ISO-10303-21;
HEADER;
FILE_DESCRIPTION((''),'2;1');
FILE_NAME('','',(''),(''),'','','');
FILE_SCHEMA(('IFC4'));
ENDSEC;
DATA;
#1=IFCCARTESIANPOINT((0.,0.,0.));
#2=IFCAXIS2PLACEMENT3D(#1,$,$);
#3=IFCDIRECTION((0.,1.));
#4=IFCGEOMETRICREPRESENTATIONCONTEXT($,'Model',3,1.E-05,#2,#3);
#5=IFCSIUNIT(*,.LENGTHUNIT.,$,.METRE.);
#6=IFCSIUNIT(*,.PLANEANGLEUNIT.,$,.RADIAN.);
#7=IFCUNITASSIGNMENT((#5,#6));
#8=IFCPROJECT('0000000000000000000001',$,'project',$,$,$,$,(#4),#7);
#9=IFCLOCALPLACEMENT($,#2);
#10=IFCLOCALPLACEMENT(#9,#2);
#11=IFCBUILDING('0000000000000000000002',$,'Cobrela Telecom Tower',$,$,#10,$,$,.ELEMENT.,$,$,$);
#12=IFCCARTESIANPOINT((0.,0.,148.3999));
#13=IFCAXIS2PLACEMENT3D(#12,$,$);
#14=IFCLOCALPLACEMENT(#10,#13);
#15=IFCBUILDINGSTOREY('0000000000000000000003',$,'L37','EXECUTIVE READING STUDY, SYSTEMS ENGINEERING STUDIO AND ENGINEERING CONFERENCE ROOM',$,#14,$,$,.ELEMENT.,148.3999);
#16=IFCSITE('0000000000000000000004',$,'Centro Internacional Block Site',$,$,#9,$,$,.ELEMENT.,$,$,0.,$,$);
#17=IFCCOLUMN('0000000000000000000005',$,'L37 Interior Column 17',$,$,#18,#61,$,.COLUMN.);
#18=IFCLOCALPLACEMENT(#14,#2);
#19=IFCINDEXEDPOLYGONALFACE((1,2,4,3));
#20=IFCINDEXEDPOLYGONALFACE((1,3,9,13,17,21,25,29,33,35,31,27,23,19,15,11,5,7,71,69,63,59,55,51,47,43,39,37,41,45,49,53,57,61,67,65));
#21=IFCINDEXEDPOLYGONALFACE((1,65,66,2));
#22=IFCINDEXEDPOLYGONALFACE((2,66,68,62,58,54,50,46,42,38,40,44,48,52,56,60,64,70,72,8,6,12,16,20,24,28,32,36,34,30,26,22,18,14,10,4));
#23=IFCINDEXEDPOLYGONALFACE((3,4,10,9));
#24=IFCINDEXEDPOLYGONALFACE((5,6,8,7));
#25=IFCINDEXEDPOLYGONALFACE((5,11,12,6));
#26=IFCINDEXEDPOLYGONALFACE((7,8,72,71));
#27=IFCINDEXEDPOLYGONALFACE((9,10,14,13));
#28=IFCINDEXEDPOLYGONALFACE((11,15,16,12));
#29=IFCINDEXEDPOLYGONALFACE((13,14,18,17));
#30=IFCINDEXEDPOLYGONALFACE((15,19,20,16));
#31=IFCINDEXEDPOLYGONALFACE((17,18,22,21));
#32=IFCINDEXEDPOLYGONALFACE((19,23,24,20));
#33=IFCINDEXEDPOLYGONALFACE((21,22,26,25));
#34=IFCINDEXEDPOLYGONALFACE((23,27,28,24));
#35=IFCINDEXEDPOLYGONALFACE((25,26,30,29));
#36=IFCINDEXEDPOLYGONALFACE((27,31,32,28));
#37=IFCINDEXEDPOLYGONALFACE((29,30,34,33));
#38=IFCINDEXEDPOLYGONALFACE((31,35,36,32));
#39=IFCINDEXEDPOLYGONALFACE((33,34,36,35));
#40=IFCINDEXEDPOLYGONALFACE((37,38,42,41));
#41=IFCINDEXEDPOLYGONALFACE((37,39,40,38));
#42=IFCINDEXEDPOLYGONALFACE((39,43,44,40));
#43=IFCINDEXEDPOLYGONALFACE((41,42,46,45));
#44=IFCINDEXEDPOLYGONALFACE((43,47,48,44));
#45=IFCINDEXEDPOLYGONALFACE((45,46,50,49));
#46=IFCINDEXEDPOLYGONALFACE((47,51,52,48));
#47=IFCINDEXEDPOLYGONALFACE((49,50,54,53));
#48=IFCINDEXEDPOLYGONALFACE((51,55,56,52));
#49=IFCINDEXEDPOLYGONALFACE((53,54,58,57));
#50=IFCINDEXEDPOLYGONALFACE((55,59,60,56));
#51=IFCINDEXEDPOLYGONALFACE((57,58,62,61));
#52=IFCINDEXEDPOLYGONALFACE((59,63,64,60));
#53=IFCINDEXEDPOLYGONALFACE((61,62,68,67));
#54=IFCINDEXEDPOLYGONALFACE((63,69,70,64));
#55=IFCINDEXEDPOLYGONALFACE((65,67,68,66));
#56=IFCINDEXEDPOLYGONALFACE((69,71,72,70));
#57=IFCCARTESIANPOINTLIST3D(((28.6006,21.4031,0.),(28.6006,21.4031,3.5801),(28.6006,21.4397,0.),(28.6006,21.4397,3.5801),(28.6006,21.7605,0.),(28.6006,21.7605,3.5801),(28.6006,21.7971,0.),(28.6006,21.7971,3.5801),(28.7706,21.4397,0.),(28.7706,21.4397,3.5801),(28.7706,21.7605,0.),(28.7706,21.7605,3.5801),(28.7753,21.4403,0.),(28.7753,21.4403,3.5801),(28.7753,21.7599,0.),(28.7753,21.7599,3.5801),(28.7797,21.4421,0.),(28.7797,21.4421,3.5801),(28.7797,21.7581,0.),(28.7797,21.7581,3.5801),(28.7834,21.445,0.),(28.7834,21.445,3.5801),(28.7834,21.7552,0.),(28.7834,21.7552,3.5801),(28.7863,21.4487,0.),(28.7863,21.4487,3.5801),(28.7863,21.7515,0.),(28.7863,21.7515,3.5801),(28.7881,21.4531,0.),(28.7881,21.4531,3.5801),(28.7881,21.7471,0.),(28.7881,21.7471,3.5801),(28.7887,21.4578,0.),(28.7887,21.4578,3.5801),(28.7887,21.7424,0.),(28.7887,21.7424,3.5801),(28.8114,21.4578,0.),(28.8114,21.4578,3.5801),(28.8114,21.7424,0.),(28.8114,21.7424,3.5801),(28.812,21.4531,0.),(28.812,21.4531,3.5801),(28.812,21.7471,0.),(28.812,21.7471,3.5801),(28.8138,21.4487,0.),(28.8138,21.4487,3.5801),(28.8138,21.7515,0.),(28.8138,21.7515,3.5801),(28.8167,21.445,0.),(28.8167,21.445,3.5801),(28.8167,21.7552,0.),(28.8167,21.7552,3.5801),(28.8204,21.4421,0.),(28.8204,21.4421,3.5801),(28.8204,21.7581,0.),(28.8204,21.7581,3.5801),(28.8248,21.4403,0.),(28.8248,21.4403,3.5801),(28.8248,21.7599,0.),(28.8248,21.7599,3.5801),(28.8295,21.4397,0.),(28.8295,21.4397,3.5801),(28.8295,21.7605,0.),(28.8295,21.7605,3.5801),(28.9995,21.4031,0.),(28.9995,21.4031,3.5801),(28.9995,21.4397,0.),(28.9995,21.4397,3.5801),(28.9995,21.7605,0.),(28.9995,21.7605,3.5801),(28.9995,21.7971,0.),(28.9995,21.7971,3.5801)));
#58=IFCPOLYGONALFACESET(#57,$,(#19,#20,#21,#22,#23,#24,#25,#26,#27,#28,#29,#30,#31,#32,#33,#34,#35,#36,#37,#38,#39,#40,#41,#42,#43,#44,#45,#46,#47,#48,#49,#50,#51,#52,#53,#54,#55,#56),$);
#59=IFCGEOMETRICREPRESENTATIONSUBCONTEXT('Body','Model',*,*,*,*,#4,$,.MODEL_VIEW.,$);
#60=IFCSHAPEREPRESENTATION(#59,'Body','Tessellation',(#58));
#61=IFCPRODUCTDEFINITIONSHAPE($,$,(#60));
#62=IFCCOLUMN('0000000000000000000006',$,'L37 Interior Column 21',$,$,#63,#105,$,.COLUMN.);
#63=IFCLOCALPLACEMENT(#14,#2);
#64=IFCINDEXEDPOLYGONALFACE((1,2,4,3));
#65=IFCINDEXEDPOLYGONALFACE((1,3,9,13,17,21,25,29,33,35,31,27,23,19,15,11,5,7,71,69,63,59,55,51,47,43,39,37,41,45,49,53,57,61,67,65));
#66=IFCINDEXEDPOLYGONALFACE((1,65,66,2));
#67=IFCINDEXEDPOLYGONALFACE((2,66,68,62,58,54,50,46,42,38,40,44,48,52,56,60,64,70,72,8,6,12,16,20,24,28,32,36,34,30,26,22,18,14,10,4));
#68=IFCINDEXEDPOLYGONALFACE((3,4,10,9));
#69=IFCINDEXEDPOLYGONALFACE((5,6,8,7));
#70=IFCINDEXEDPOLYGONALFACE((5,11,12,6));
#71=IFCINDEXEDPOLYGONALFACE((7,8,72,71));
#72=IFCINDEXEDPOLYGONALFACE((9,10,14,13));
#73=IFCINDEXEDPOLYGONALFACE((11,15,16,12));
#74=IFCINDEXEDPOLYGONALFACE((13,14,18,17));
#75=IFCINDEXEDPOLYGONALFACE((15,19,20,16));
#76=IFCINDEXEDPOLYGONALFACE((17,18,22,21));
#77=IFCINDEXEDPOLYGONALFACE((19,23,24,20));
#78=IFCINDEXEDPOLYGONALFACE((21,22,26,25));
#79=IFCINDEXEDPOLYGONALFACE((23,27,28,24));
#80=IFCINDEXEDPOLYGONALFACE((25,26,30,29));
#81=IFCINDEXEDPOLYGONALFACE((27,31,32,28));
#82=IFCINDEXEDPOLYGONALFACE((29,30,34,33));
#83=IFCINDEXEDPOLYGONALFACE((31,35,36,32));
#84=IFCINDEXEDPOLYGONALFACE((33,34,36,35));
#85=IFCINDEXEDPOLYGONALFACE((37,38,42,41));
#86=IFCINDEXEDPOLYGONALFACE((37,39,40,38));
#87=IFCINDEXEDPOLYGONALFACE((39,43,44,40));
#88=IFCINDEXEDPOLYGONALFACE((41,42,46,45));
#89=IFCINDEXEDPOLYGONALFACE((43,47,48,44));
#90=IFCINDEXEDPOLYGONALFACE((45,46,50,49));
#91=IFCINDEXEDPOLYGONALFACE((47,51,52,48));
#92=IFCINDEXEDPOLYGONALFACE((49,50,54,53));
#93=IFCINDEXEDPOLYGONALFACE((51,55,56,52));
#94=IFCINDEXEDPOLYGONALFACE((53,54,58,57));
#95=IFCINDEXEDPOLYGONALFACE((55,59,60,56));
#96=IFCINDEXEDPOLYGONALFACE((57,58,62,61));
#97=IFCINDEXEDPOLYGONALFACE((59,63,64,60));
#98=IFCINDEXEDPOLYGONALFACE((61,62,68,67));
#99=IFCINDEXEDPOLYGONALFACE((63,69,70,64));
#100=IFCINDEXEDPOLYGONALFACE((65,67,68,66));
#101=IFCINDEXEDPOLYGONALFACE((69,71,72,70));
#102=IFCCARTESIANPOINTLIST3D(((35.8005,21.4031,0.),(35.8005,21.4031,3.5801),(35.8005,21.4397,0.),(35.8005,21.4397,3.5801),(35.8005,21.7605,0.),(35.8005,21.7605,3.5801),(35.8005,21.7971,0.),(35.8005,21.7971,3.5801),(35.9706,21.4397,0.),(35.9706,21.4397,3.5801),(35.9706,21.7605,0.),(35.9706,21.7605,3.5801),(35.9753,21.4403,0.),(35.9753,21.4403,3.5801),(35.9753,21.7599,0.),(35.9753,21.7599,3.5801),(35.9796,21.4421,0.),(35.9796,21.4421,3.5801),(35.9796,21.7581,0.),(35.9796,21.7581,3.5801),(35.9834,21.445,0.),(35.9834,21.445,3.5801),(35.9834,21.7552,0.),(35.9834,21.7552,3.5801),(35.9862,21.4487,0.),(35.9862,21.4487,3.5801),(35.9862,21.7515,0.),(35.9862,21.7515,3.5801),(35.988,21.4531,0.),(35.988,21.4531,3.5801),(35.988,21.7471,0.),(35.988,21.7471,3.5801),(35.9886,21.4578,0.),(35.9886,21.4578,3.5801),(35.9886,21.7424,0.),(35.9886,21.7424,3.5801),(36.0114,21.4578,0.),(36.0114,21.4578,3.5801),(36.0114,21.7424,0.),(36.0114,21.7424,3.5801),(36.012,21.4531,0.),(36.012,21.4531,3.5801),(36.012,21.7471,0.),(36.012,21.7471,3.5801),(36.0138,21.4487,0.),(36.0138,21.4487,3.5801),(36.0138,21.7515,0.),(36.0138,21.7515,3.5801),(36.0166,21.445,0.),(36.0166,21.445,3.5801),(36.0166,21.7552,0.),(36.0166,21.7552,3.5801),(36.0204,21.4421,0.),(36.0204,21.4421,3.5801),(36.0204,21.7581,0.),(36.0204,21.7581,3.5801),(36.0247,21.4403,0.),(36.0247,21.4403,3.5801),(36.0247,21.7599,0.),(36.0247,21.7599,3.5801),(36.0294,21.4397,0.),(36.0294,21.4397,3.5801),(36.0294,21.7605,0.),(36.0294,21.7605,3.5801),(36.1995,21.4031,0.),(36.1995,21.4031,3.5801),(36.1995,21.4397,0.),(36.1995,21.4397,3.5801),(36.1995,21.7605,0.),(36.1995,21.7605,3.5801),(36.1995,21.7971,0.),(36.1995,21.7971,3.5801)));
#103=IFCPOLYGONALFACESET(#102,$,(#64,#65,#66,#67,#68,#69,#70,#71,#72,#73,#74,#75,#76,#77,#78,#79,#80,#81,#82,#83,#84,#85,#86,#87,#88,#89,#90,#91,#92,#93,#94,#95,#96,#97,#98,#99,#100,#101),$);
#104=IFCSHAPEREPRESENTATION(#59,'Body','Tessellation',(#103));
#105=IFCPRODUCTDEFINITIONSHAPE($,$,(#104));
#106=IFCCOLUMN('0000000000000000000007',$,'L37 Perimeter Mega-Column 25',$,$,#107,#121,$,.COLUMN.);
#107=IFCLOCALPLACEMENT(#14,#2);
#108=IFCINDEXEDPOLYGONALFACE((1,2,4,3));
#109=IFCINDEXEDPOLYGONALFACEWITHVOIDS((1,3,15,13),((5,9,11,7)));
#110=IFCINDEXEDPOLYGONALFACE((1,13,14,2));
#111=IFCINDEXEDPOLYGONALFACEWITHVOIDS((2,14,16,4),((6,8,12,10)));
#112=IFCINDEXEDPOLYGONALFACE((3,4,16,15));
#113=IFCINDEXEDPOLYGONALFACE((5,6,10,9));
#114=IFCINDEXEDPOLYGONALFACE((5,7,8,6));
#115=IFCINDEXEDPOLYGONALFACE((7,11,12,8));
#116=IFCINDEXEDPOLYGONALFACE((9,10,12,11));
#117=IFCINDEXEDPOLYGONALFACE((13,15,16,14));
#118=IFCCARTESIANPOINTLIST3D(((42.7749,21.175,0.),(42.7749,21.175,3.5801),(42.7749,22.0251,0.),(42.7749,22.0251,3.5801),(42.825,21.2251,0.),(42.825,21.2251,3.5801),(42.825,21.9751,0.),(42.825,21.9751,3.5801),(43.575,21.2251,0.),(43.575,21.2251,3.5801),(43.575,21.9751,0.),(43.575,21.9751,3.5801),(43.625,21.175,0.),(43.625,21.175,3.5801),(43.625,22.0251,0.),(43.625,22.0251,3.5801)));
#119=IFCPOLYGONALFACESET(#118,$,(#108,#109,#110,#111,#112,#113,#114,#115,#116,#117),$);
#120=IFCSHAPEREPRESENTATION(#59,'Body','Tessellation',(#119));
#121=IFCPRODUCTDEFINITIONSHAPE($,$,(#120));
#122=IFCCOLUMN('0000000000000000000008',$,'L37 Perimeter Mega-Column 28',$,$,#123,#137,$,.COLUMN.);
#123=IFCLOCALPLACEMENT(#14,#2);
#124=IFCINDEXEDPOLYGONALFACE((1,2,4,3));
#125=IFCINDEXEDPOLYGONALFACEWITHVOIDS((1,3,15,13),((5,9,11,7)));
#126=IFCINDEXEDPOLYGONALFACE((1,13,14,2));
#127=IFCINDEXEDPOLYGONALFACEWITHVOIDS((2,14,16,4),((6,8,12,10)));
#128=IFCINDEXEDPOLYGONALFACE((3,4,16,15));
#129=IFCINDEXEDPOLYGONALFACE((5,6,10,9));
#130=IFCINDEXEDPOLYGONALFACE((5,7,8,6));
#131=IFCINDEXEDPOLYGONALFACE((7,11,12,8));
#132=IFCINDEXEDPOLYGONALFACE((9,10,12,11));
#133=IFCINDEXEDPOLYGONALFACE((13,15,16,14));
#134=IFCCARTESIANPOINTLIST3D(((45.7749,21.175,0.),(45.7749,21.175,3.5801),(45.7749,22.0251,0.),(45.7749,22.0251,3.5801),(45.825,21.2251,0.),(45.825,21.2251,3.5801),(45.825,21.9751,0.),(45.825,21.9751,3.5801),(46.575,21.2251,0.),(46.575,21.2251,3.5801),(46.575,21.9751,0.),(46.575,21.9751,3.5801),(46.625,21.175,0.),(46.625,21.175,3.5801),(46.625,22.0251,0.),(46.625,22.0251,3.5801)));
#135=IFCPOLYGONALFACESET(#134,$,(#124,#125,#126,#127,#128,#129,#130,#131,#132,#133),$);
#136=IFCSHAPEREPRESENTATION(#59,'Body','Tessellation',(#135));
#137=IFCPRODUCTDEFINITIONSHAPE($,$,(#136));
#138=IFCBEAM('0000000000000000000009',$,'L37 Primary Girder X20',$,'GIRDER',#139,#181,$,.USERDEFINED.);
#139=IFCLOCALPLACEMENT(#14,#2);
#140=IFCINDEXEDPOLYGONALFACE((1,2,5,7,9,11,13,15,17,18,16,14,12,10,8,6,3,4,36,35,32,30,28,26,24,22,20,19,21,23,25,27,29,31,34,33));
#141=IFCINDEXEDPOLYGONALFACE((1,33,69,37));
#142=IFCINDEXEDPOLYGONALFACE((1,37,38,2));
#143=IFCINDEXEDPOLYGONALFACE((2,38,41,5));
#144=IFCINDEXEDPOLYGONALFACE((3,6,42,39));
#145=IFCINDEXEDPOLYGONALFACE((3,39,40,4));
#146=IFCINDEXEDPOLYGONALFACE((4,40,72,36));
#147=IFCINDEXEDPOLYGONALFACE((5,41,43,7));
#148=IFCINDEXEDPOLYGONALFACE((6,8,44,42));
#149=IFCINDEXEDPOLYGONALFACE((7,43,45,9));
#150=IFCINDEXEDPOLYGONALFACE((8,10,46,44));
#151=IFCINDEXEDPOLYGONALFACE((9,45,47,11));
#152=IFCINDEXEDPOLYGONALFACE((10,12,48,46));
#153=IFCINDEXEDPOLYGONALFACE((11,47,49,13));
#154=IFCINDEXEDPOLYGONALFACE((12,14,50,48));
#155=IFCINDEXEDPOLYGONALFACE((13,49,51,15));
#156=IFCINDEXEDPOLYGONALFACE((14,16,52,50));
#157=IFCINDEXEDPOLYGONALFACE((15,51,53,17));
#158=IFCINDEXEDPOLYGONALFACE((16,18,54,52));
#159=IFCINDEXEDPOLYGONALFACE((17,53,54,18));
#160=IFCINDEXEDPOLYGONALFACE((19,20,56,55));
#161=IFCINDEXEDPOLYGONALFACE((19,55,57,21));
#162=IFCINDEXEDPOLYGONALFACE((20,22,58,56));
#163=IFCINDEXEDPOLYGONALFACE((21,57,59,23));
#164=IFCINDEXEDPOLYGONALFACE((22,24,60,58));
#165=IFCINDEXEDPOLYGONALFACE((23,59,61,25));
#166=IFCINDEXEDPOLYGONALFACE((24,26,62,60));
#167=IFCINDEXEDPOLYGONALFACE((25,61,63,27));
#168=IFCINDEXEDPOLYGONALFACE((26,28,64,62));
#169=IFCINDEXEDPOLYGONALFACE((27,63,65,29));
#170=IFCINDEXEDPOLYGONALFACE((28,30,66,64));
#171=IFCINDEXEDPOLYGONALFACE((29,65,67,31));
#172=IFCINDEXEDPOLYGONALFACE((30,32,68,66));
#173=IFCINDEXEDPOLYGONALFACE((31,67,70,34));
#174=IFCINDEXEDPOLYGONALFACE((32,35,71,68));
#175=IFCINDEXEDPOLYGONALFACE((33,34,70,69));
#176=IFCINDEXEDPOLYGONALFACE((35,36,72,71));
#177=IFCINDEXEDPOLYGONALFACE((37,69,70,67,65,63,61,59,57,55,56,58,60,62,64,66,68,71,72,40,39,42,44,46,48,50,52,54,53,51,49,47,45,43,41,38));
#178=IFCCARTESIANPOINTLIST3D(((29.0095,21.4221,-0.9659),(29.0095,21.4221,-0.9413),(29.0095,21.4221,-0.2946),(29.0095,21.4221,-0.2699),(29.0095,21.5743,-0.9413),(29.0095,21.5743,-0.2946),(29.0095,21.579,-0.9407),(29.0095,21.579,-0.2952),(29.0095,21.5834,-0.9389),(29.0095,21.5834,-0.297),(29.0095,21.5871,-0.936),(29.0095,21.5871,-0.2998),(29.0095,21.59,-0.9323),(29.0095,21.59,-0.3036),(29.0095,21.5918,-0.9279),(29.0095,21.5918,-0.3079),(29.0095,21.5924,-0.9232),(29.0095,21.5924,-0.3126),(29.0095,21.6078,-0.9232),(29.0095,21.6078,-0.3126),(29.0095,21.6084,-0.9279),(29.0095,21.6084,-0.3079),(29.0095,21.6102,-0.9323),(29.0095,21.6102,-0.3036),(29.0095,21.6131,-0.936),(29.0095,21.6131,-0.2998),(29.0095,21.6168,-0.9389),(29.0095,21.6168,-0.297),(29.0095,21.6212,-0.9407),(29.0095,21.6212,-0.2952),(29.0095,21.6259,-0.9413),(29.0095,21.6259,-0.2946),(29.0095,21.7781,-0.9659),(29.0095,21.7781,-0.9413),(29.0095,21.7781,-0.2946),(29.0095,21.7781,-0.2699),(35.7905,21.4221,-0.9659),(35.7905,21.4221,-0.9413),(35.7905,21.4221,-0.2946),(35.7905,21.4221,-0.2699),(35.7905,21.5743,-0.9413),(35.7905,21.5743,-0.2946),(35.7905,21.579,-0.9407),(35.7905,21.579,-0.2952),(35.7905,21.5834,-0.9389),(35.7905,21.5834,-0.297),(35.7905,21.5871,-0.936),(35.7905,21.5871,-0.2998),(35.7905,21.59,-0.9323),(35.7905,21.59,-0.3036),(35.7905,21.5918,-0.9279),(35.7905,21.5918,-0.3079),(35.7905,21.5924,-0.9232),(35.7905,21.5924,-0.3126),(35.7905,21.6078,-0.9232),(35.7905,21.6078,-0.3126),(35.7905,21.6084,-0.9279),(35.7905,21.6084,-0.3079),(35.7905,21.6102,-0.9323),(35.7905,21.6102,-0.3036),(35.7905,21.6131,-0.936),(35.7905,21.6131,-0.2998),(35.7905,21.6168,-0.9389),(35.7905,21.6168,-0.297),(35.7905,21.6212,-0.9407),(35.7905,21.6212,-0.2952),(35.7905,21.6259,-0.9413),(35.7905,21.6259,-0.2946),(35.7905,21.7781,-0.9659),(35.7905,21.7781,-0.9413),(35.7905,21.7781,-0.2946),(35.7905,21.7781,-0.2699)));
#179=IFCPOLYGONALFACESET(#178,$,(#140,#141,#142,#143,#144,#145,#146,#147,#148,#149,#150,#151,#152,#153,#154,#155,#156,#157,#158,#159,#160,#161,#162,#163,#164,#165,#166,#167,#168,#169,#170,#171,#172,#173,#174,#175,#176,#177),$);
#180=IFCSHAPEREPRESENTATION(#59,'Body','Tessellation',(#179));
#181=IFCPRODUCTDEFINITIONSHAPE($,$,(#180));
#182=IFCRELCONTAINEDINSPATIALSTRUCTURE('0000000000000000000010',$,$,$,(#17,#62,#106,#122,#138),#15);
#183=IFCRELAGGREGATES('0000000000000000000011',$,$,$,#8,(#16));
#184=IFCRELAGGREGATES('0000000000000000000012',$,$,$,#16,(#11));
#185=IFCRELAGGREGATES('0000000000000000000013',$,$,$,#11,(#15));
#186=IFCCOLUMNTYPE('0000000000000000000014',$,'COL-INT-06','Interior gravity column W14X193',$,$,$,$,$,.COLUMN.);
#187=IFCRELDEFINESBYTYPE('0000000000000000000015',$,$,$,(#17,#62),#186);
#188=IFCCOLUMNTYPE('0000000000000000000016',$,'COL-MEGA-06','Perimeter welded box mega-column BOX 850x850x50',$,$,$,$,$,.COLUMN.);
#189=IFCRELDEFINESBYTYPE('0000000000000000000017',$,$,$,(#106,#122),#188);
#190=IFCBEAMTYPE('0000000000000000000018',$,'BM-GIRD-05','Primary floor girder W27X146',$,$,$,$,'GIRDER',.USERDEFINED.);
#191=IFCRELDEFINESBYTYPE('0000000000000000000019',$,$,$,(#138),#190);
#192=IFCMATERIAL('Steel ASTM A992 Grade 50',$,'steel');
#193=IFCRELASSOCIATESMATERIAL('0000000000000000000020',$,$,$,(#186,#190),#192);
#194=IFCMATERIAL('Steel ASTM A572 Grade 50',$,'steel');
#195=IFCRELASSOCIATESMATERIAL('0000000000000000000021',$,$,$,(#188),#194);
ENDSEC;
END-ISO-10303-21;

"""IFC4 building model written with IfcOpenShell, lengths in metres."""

from ifc_helpers import new_model, si_unit, direction, frame, origin, origin_2d, place, context, subcontext, project, spatial, hollow_rectangle, i_section, extrude, material, material_profile, profile_set, type_object, element, save


model = new_model("IFC4")

# Units and contexts
model_context = context("Model", 3, precision=1e-05, world=origin(), true_north=direction((0.0, 1.0)))
body_context = subcontext(model_context, "Body", "Model", "MODEL_VIEW")
ifc_project = project(units=[si_unit("LENGTHUNIT", "METRE"), si_unit("PLANEANGLEUNIT", "RADIAN")], contexts=[model_context])

# Site, building, storey
site_placement = place(None, origin())
site = spatial("IfcSite", under=ifc_project, at=site_placement, Name="Centro Internacional Block Site", CompositionType="ELEMENT", RefElevation=0.0)
building_placement = place(site_placement, origin())
building = spatial("IfcBuilding", under=site, at=building_placement, Name="Cobrela Telecom Tower", CompositionType="ELEMENT")
storey_placement = place(building_placement, frame((0.0, 0.0, 148.3999)))
storey = spatial("IfcBuildingStorey", under=building, at=storey_placement, Name="L37", Description="EXECUTIVE READING STUDY, SYSTEMS ENGINEERING STUDIO AND ENGINEERING CONFERENCE ROOM", CompositionType="ELEMENT", Elevation=148.3999)

# Columns
ifc_material_1 = material(Name="Steel ASTM A992 Grade 50", Category="steel")
ifc_material_profile_1 = material_profile(ifc_material_1, i_section(OverallWidth=0.3989, OverallDepth=0.394, WebThickness=0.0227, FlangeThickness=0.0366, FilletRadius=0.0181, at=origin_2d()), Name="W14X193")
ifc_profile_set_1 = profile_set([ifc_material_profile_1], Name="Steel ASTM A992 Grade 50")
column_type_1 = type_object("IfcColumnType", Name="COL-INT-06", Description="Interior gravity column W14X193", PredefinedType="COLUMN", material=ifc_profile_set_1)
for number, where, z_axis, x_axis, name in (
    (1, (28.8, 21.6001, 0.0), (0.0, 0.0, 1.0), (1.0, 0.0, 0.0), "L37 Interior Column 17"),
    (2, (36.0, 21.6001, 0.0), (0.0, 0.0, 1.0), (1.0, 0.0, 0.0), "L37 Interior Column 21"),
):
    element("IfcColumn", number, at=place(storey_placement, frame(where, z_axis=z_axis, x_axis=x_axis)), inside=storey, type_object=column_type_1, Name=name, PredefinedType="COLUMN", context=body_context, shape_type="SweptSolid", body=[
        extrude(i_section(OverallWidth=0.3989, OverallDepth=0.394, WebThickness=0.0227, FlangeThickness=0.0366, FilletRadius=0.0181, at=origin_2d()), origin(), (0.0, 0.0, 1.0), 3.5801),
    ])
ifc_material_2 = material(Name="Steel ASTM A572 Grade 50", Category="steel")
ifc_material_profile_2 = material_profile(ifc_material_2, hollow_rectangle(XDim=0.8501, YDim=0.8501, WallThickness=0.05, at=origin_2d()), Name="BOX 850x850x50")
ifc_profile_set_2 = profile_set([ifc_material_profile_2], Name="Steel ASTM A572 Grade 50")
column_type_2 = type_object("IfcColumnType", Name="COL-MEGA-06", Description="Perimeter welded box mega-column BOX 850x850x50", PredefinedType="COLUMN", material=ifc_profile_set_2)
for number, where, z_axis, x_axis, name in (
    (3, (43.2, 21.6001, 0.0), (0.0, 0.0, 1.0), (1.0, 0.0, 0.0), "L37 Perimeter Mega-Column 25"),
    (4, (46.2, 21.6001, 0.0), (0.0, 0.0, 1.0), (1.0, 0.0, 0.0), "L37 Perimeter Mega-Column 28"),
):
    element("IfcColumn", number, at=place(storey_placement, frame(where, z_axis=z_axis, x_axis=x_axis)), inside=storey, type_object=column_type_2, Name=name, PredefinedType="COLUMN", context=body_context, shape_type="SweptSolid", body=[
        extrude(hollow_rectangle(XDim=0.8501, YDim=0.8501, WallThickness=0.05, at=origin_2d()), origin(), (0.0, 0.0, 1.0), 3.5801),
    ])

# Beam
ifc_material_profile_3 = material_profile(ifc_material_1, i_section(OverallWidth=0.356, OverallDepth=0.696, WebThickness=0.0154, FlangeThickness=0.0247, FilletRadius=0.0181, at=origin_2d()), Name="W27X146")
ifc_profile_set_3 = profile_set([ifc_material_profile_3], Name="Steel ASTM A992 Grade 50")
beam_type_1 = type_object("IfcBeamType", Name="BM-GIRD-05", Description="Primary floor girder W27X146", ElementType="GIRDER", PredefinedType="USERDEFINED", material=ifc_profile_set_3)
beam_1_placement = place(storey_placement, frame((29.0095, 21.6001, -0.6179), z_axis=(1.0, 0.0, 0.0), x_axis=(0.0, 1.0, 0.0)))
element("IfcBeam", 5, at=beam_1_placement, inside=storey, type_object=beam_type_1, Name="L37 Primary Girder X20", ObjectType="GIRDER", PredefinedType="USERDEFINED", context=body_context, shape_type="SweptSolid", body=[
    extrude(i_section(OverallWidth=0.356, OverallDepth=0.696, WebThickness=0.0154, FlangeThickness=0.0247, FilletRadius=0.0181, at=origin_2d()), origin(), (0.0, 0.0, 1.0), 6.781),
])

save(model, "model.ifc")
